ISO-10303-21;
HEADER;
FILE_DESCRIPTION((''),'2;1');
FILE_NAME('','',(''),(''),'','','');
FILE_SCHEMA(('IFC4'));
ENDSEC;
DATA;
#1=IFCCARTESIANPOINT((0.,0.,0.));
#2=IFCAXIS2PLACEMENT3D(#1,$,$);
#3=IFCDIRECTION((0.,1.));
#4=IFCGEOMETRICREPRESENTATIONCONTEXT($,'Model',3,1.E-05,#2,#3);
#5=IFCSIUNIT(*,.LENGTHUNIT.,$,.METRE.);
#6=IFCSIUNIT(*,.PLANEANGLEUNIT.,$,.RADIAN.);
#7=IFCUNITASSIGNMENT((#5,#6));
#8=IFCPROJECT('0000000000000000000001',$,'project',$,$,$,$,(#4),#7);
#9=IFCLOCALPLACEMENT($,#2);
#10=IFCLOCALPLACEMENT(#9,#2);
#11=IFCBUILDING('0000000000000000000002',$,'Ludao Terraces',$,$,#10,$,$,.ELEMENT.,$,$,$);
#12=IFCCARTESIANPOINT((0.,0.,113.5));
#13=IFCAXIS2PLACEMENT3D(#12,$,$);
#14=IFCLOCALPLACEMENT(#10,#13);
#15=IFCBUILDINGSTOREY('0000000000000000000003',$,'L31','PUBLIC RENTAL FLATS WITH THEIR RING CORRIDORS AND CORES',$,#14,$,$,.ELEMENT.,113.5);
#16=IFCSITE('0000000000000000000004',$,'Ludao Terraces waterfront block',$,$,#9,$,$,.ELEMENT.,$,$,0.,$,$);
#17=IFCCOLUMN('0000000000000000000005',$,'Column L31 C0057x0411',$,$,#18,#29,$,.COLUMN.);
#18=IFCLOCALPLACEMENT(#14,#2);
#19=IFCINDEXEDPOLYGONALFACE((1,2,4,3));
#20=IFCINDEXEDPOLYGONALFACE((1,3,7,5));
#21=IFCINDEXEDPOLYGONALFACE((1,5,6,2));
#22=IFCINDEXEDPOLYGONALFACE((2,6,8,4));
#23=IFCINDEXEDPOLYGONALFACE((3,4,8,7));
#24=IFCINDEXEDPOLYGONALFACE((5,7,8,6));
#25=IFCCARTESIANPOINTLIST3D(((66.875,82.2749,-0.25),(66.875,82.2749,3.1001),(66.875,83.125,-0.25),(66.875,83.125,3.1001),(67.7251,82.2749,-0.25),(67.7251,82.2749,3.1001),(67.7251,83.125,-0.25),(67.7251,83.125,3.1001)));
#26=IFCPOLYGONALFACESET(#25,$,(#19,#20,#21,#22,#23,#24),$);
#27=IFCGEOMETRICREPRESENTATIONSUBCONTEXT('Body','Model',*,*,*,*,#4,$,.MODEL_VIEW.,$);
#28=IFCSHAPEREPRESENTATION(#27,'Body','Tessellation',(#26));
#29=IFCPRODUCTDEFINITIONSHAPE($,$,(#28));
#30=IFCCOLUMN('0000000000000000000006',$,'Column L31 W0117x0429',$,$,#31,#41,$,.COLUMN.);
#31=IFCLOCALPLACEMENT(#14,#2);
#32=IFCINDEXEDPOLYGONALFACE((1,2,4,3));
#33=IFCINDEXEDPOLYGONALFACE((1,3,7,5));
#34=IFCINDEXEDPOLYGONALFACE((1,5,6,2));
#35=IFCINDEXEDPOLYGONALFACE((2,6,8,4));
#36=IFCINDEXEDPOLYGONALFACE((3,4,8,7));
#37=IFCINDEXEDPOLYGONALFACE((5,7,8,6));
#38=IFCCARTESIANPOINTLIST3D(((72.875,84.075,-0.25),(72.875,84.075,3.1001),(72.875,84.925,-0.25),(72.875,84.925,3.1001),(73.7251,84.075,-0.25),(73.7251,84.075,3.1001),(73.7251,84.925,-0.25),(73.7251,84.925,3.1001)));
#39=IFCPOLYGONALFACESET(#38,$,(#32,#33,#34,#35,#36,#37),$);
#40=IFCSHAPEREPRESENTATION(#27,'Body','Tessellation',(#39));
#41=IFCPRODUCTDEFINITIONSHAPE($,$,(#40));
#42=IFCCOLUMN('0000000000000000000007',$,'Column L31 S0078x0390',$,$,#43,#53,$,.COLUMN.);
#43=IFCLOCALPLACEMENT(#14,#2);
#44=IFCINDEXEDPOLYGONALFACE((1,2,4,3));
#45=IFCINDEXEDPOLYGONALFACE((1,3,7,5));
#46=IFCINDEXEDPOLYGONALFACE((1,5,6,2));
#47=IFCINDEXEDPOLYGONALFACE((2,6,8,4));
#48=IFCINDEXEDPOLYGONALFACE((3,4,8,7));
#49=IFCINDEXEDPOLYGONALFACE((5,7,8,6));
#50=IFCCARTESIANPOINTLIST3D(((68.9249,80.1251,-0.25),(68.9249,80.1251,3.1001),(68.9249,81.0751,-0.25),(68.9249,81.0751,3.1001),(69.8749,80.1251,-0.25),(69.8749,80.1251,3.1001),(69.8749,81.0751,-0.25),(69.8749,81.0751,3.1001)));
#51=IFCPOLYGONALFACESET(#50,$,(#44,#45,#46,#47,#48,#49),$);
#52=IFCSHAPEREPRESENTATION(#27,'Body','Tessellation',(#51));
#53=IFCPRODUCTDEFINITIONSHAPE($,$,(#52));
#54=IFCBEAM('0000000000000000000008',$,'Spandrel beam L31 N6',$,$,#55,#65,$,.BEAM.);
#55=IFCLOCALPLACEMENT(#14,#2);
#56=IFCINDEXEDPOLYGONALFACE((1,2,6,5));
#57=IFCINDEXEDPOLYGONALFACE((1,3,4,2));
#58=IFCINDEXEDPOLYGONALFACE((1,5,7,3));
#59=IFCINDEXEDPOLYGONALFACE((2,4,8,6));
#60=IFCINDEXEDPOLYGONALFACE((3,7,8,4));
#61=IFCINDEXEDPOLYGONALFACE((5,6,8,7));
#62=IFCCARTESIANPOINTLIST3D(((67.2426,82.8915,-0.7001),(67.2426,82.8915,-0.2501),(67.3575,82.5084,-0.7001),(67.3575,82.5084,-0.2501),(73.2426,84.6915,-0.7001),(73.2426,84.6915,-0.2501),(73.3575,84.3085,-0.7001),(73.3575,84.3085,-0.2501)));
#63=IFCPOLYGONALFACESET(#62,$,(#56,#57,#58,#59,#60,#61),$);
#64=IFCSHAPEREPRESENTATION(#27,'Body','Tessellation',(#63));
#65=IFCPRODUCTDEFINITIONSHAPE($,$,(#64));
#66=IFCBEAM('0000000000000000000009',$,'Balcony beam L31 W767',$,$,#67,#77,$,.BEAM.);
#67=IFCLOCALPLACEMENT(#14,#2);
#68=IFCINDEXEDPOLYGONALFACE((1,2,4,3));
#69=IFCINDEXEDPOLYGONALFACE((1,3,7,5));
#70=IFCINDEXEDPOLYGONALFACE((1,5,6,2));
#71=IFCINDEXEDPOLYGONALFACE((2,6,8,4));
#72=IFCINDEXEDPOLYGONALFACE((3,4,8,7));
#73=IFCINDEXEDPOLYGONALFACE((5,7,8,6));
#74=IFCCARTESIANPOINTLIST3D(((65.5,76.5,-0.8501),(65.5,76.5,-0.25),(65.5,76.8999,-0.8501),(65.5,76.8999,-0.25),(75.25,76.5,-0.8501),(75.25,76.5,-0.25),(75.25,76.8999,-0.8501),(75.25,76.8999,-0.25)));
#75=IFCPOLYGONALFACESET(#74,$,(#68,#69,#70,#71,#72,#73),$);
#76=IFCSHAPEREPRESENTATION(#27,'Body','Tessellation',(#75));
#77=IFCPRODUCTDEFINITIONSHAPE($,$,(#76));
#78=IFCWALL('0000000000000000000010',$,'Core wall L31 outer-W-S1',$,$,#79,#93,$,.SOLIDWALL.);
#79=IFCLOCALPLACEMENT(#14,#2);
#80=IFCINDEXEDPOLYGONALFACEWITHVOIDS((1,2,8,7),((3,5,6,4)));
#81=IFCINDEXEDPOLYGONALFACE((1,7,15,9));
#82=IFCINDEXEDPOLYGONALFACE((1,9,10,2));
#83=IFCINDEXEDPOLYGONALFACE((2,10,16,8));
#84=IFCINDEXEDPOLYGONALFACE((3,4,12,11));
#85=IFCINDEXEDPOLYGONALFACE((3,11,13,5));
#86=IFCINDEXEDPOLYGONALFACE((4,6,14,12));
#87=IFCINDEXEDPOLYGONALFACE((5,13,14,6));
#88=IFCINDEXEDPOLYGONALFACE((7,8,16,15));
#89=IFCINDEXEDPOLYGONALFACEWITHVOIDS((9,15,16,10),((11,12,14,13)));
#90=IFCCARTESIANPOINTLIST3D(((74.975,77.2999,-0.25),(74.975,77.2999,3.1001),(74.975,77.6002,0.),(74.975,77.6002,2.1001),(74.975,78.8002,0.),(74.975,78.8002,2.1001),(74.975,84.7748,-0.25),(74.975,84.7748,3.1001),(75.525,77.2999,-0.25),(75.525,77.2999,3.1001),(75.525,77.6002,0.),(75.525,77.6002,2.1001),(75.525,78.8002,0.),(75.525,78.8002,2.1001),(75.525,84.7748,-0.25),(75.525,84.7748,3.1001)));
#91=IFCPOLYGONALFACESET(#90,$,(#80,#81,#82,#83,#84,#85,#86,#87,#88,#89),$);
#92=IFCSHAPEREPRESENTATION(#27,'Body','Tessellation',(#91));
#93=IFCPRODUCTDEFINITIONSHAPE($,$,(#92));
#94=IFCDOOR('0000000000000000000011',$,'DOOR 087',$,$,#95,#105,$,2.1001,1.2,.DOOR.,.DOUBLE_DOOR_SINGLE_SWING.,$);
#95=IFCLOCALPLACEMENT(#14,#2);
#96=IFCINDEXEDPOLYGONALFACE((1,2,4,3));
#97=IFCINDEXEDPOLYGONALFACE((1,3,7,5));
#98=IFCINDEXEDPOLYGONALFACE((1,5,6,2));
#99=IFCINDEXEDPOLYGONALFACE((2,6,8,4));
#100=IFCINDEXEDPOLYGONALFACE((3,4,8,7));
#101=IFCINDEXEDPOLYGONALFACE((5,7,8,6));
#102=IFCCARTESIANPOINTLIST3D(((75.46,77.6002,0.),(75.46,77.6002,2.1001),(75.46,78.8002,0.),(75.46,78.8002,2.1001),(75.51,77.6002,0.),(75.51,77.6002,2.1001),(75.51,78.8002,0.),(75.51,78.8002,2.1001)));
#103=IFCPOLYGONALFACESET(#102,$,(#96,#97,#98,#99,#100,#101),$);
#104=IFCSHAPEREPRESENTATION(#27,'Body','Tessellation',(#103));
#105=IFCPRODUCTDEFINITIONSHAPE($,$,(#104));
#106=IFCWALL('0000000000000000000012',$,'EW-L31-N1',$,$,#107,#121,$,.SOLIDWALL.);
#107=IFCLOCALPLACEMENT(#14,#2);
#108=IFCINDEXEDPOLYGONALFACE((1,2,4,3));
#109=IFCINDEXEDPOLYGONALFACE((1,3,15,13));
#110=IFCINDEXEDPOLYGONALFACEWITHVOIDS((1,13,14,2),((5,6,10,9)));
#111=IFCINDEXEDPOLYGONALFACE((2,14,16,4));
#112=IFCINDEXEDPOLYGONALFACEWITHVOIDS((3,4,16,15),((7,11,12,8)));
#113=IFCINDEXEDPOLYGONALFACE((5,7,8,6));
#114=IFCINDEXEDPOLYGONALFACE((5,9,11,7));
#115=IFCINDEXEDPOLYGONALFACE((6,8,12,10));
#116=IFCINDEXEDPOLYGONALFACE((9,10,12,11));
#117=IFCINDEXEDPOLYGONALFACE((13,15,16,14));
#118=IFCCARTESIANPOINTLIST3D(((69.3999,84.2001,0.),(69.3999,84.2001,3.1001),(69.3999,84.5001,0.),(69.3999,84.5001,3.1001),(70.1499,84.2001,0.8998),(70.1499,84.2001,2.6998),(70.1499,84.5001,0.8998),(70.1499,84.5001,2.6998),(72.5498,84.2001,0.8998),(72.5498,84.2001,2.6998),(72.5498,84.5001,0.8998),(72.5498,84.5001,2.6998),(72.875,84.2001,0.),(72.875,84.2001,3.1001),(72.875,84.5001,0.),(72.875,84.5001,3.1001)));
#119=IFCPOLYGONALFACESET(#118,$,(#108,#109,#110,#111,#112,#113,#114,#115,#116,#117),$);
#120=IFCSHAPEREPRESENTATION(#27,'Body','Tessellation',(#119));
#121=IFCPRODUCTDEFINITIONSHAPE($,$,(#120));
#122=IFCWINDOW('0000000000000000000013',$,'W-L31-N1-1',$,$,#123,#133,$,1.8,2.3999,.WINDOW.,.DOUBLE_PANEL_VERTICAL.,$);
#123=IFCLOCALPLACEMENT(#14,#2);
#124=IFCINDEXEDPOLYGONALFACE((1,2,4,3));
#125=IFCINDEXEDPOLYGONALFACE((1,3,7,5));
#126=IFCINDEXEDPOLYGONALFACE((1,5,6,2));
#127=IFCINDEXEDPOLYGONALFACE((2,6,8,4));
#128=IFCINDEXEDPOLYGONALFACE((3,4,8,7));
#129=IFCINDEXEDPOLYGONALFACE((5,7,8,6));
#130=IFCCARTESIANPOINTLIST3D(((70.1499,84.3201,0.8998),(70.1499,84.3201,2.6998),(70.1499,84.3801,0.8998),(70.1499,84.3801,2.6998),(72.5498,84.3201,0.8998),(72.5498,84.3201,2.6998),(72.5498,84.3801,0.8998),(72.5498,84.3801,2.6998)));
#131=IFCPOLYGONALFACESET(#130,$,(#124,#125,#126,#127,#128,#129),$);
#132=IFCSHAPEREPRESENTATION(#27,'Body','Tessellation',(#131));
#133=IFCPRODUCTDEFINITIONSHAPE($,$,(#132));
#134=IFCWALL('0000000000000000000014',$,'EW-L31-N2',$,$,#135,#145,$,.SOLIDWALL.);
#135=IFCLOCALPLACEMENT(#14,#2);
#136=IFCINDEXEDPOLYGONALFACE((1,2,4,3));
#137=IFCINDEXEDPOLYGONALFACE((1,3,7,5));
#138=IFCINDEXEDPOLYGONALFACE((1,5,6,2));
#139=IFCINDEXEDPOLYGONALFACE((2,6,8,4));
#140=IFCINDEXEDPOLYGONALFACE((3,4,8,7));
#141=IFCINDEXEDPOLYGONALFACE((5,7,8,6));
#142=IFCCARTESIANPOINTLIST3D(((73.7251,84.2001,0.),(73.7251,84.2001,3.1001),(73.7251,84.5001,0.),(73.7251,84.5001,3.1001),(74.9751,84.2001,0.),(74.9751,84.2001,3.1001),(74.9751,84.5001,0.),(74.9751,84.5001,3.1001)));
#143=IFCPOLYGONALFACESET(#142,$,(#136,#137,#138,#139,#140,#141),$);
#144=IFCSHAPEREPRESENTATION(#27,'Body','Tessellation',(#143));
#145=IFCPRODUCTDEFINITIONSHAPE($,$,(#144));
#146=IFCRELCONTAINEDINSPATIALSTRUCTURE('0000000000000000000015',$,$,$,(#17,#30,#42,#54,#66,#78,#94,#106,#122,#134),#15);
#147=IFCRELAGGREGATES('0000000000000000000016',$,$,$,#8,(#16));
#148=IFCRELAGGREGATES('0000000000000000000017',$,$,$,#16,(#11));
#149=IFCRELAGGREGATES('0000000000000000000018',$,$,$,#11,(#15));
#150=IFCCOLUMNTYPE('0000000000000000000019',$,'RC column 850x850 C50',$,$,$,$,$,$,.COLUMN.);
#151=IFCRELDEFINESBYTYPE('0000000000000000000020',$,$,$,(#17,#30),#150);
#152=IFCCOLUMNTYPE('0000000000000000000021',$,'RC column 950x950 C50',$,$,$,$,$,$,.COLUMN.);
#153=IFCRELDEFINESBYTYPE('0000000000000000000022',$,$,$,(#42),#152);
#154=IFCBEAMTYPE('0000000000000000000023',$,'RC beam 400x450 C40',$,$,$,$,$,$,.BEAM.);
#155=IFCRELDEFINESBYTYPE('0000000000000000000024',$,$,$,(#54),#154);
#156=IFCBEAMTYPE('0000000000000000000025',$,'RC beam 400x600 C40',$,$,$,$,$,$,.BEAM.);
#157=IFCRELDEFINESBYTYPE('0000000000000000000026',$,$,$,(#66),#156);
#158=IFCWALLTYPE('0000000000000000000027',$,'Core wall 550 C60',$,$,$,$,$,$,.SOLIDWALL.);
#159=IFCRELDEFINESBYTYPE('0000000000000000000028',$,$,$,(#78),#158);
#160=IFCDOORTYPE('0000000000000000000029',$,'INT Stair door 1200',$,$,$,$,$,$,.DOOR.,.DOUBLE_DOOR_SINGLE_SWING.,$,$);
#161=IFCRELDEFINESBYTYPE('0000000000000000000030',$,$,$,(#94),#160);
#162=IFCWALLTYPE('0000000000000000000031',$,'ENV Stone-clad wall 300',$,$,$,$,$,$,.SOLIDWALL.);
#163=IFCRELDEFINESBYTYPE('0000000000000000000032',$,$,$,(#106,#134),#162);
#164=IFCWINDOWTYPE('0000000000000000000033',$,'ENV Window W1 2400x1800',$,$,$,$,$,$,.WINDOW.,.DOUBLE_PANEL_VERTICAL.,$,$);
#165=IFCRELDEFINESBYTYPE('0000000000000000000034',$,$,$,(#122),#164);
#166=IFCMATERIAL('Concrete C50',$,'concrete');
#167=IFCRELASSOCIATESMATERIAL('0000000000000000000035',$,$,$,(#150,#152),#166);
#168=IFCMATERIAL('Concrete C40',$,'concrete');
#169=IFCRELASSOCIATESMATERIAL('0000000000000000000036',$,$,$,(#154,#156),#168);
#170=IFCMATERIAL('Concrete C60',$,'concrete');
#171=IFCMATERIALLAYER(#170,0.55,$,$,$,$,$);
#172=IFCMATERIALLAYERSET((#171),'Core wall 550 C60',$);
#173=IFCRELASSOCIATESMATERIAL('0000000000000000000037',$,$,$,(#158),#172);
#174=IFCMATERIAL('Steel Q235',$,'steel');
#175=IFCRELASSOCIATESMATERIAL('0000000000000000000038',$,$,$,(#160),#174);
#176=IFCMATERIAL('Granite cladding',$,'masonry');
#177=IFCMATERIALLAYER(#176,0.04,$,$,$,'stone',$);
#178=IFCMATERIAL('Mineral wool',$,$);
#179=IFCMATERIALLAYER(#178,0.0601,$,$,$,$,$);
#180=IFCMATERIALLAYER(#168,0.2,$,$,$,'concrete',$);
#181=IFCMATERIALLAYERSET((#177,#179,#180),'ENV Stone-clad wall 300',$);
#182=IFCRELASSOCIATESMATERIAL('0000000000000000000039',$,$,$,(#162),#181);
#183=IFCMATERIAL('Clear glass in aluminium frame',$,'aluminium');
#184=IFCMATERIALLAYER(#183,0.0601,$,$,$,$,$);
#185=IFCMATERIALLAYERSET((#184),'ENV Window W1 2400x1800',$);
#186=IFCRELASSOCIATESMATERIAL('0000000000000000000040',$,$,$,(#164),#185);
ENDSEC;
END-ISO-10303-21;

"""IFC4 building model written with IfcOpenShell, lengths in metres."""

from ifc_helpers import new_model, si_unit, direction, frame, frame_2d, origin, origin_2d, place, context, subcontext, project, spatial, rectangle, extrude, material, layer, layer_set, material_profile, profile_set, type_object, element, fill, save


model = new_model("IFC4")

# Units and contexts
model_context = context("Model", 3, precision=1e-05, world=origin(), true_north=direction((0.0, 1.0)))
body_context = subcontext(model_context, "Body", "Model", "MODEL_VIEW")
ifc_project = project(units=[si_unit("LENGTHUNIT", "METRE"), si_unit("PLANEANGLEUNIT", "RADIAN")], contexts=[model_context])

# Site, building, storey
site_placement = place(None, origin())
site = spatial("IfcSite", under=ifc_project, at=site_placement, Name="Ludao Terraces waterfront block", CompositionType="ELEMENT", RefElevation=0.0)
building_placement = place(site_placement, origin())
building = spatial("IfcBuilding", under=site, at=building_placement, Name="Ludao Terraces", CompositionType="ELEMENT")
storey_placement = place(building_placement, frame((0.0, 0.0, 113.5)))
storey = spatial("IfcBuildingStorey", under=building, at=storey_placement, Name="L31", Description="PUBLIC RENTAL FLATS WITH THEIR RING CORRIDORS AND CORES", CompositionType="ELEMENT", Elevation=113.5)

# Columns
ifc_material_1 = material(Name="Concrete C50", Category="concrete")
ifc_material_profile_1 = material_profile(ifc_material_1, rectangle(XDim=0.8501, YDim=0.8501, at=origin_2d()), Name="850 X 850")
ifc_profile_set_1 = profile_set([ifc_material_profile_1], Name="Concrete C50")
column_type_1 = type_object("IfcColumnType", Name="RC column 850x850 C50", PredefinedType="COLUMN", material=ifc_profile_set_1)
for number, where, z_axis, x_axis, name in (
    (1, (67.3, 82.7, -0.25), (0.0, 0.0, 1.0), (1.0, 0.0, 0.0), "Column L31 C0057x0411"),
    (2, (73.3, 84.5, -0.25), (0.0, 0.0, 1.0), (1.0, 0.0, 0.0), "Column L31 W0117x0429"),
):
    element("IfcColumn", number, at=place(storey_placement, frame(where, z_axis=z_axis, x_axis=x_axis)), inside=storey, type_object=column_type_1, Name=name, PredefinedType="COLUMN", context=body_context, shape_type="SweptSolid", body=[
        extrude(rectangle(XDim=0.8501, YDim=0.8501, at=origin_2d()), origin(), (0.0, 0.0, 1.0), 3.3501),
    ])
ifc_material_profile_2 = material_profile(ifc_material_1, rectangle(XDim=0.95, YDim=0.95, at=origin_2d()), Name="950 X 950")
ifc_profile_set_2 = profile_set([ifc_material_profile_2], Name="Concrete C50")
column_type_2 = type_object("IfcColumnType", Name="RC column 950x950 C50", PredefinedType="COLUMN", material=ifc_profile_set_2)
column_placement = place(storey_placement, frame((69.3999, 80.6001, -0.25), z_axis=(0.0, 0.0, 1.0), x_axis=(1.0, 0.0, 0.0)))
element("IfcColumn", 3, at=column_placement, inside=storey, type_object=column_type_2, Name="Column L31 S0078x0390", PredefinedType="COLUMN", context=body_context, shape_type="SweptSolid", body=[
    extrude(rectangle(XDim=0.95, YDim=0.95, at=origin_2d()), origin(), (0.0, 0.0, 1.0), 3.3501),
])

# Beams
ifc_material_2 = material(Name="Concrete C40", Category="concrete")
ifc_material_profile_3 = material_profile(ifc_material_2, rectangle(XDim=0.3999, YDim=0.45, at=origin_2d()), Name="400 X 450")
ifc_profile_set_3 = profile_set([ifc_material_profile_3], Name="Concrete C40")
beam_type_1 = type_object("IfcBeamType", Name="RC beam 400x450 C40", PredefinedType="BEAM", material=ifc_profile_set_3)
beam_1_placement = place(storey_placement, frame((67.3, 82.7, -0.4751), z_axis=(0.957824, 0.287355, 0.0), x_axis=(-0.287355, 0.957824, 0.0)))
element("IfcBeam", 4, at=beam_1_placement, inside=storey, type_object=beam_type_1, Name="Spandrel beam L31 N6", PredefinedType="BEAM", context=body_context, shape_type="SweptSolid", body=[
    extrude(rectangle(XDim=0.3999, YDim=0.45, at=origin_2d()), origin(), (0.0, 0.0, 1.0), 6.2642),
])
ifc_material_profile_4 = material_profile(ifc_material_2, rectangle(XDim=0.3999, YDim=0.6001, at=origin_2d()), Name="400 X 600")
ifc_profile_set_4 = profile_set([ifc_material_profile_4], Name="Concrete C40")
beam_type_2 = type_object("IfcBeamType", Name="RC beam 400x600 C40", PredefinedType="BEAM", material=ifc_profile_set_4)
beam_2_placement = place(storey_placement, frame((75.25, 76.7, -0.55), z_axis=(-1.0, 0.0, 0.0), x_axis=(0.0, -1.0, 0.0)))
element("IfcBeam", 5, at=beam_2_placement, inside=storey, type_object=beam_type_2, Name="Balcony beam L31 W767", PredefinedType="BEAM", context=body_context, shape_type="SweptSolid", body=[
    extrude(rectangle(XDim=0.3999, YDim=0.6001, at=origin_2d()), origin(), (0.0, 0.0, 1.0), 9.75),
])

# Wall, opening, door
ifc_material_3 = material(Name="Concrete C60", Category="concrete")
ifc_layer_1 = layer(ifc_material_3, 0.55)
ifc_layer_set_1 = layer_set([ifc_layer_1], Name="Core wall 550 C60")
wall_type_1 = type_object("IfcWallType", Name="Core wall 550 C60", PredefinedType="SOLIDWALL", material=ifc_layer_set_1)
wall_1_placement = place(storey_placement, frame((75.25, 77.3, -0.25), z_axis=(0.0, 0.0, 1.0), x_axis=(0.0, 1.0, 0.0)))
wall_1 = element("IfcWall", 6, at=wall_1_placement, inside=storey, type_object=wall_type_1, Name="Core wall L31 outer-W-S1", PredefinedType="SOLIDWALL", context=body_context, shape_type="SweptSolid", body=[
    extrude(rectangle(XDim=7.4749, YDim=0.55, at=frame_2d((3.7373, 0.0))), origin(), (0.0, 0.0, 1.0), 3.3501),
])
opening_1_placement = place(wall_1_placement, frame((0.3, 0.0, 0.25)))
opening_1 = element("IfcOpeningElement", 7, at=opening_1_placement, cuts=wall_1, PredefinedType="OPENING", context=body_context, shape_type="SweptSolid", body=[
    extrude(rectangle(XDim=1.2, YDim=2.1001, at=frame_2d((0.6001, 1.05))), frame((0.0, 0.2852, 0.0), z_axis=(0.0, -1.0, 0.0), x_axis=(1.0, 0.0, 0.0)), (0.0, 0.0, 1.0), 0.5701),
])
ifc_material_4 = material(Name="Steel Q235", Category="steel")
door_type_1 = type_object("IfcDoorType", Name="INT Stair door 1200", OperationType="DOUBLE_DOOR_SINGLE_SWING", PredefinedType="DOOR", material=ifc_material_4)
door_1_placement = place(opening_1_placement, origin())
door_1 = element("IfcDoor", 8, at=door_1_placement, inside=storey, type_object=door_type_1, Name="DOOR 087", OperationType="DOUBLE_DOOR_SINGLE_SWING", OverallHeight=2.1001, OverallWidth=1.2, PredefinedType="DOOR", context=body_context, shape_type="SweptSolid", body=[
    extrude(rectangle(XDim=1.2, YDim=2.1001, at=frame_2d((0.6001, 1.05))), frame((0.0, -0.21, 0.0), z_axis=(0.0, -1.0, 0.0), x_axis=(1.0, 0.0, 0.0)), (0.0, 0.0, 1.0), 0.05),
])
fill(opening_1, door_1)

# Wall, opening, window
ifc_material_5 = material(Name="Granite cladding", Category="masonry")
ifc_layer_2 = layer(ifc_material_5, 0.04, Category="stone")
ifc_material_6 = material(Name="Mineral wool")
ifc_layer_3 = layer(ifc_material_6, 0.0601)
ifc_layer_4 = layer(ifc_material_2, 0.2, Category="concrete")
ifc_layer_set_2 = layer_set([ifc_layer_2, ifc_layer_3, ifc_layer_4], Name="ENV Stone-clad wall 300")
wall_type_2 = type_object("IfcWallType", Name="ENV Stone-clad wall 300", PredefinedType="SOLIDWALL", material=ifc_layer_set_2)
wall_2_placement = place(storey_placement, frame((69.3999, 84.3501, 0.0), z_axis=(0.0, 0.0, 1.0), x_axis=(1.0, 0.0, 0.0)))
wall_2 = element("IfcWall", 9, at=wall_2_placement, inside=storey, type_object=wall_type_2, Name="EW-L31-N1", PredefinedType="SOLIDWALL", context=body_context, shape_type="SweptSolid", body=[
    extrude(rectangle(XDim=3.4751, YDim=0.3, at=frame_2d((1.7375, 0.0))), origin(), (0.0, 0.0, 1.0), 3.1001),
])
opening_2_placement = place(wall_2_placement, frame((0.75, 0.0, 0.8999)))
opening_2 = element("IfcOpeningElement", 10, at=opening_2_placement, cuts=wall_2, PredefinedType="OPENING", context=body_context, shape_type="SweptSolid", body=[
    extrude(rectangle(XDim=2.3999, YDim=1.8, at=frame_2d((1.2, 0.8999))), frame((0.0, 0.1602, 0.0), z_axis=(0.0, -1.0, 0.0), x_axis=(1.0, 0.0, 0.0)), (0.0, 0.0, 1.0), 0.3201),
])
ifc_material_7 = material(Name="Clear glass in aluminium frame", Category="aluminium")
ifc_layer_5 = layer(ifc_material_7, 0.0601)
ifc_layer_set_3 = layer_set([ifc_layer_5], Name="ENV Window W1 2400x1800")
window_type_1 = type_object("IfcWindowType", Name="ENV Window W1 2400x1800", PartitioningType="DOUBLE_PANEL_VERTICAL", PredefinedType="WINDOW", material=ifc_layer_set_3)
window_1_placement = place(opening_2_placement, origin())
window_1 = element("IfcWindow", 11, at=window_1_placement, inside=storey, type_object=window_type_1, Name="W-L31-N1-1", OverallHeight=1.8, OverallWidth=2.3999, PartitioningType="DOUBLE_PANEL_VERTICAL", PredefinedType="WINDOW", context=body_context, shape_type="SweptSolid", body=[
    extrude(rectangle(XDim=2.3999, YDim=1.8, at=frame_2d((1.2, 0.8999))), frame((0.0, 0.03, 0.0), z_axis=(0.0, -1.0, 0.0), x_axis=(1.0, 0.0, 0.0)), (0.0, 0.0, 1.0), 0.0601),
])
fill(opening_2, window_1)

# Wall
wall_3_placement = place(storey_placement, frame((73.7251, 84.3501, 0.0), z_axis=(0.0, 0.0, 1.0), x_axis=(1.0, 0.0, 0.0)))
element("IfcWall", 12, at=wall_3_placement, inside=storey, type_object=wall_type_2, Name="EW-L31-N2", PredefinedType="SOLIDWALL", context=body_context, shape_type="SweptSolid", body=[
    extrude(rectangle(XDim=1.25, YDim=0.3, at=frame_2d((0.625, 0.0))), origin(), (0.0, 0.0, 1.0), 3.1001),
])

save(model, "model.ifc")
